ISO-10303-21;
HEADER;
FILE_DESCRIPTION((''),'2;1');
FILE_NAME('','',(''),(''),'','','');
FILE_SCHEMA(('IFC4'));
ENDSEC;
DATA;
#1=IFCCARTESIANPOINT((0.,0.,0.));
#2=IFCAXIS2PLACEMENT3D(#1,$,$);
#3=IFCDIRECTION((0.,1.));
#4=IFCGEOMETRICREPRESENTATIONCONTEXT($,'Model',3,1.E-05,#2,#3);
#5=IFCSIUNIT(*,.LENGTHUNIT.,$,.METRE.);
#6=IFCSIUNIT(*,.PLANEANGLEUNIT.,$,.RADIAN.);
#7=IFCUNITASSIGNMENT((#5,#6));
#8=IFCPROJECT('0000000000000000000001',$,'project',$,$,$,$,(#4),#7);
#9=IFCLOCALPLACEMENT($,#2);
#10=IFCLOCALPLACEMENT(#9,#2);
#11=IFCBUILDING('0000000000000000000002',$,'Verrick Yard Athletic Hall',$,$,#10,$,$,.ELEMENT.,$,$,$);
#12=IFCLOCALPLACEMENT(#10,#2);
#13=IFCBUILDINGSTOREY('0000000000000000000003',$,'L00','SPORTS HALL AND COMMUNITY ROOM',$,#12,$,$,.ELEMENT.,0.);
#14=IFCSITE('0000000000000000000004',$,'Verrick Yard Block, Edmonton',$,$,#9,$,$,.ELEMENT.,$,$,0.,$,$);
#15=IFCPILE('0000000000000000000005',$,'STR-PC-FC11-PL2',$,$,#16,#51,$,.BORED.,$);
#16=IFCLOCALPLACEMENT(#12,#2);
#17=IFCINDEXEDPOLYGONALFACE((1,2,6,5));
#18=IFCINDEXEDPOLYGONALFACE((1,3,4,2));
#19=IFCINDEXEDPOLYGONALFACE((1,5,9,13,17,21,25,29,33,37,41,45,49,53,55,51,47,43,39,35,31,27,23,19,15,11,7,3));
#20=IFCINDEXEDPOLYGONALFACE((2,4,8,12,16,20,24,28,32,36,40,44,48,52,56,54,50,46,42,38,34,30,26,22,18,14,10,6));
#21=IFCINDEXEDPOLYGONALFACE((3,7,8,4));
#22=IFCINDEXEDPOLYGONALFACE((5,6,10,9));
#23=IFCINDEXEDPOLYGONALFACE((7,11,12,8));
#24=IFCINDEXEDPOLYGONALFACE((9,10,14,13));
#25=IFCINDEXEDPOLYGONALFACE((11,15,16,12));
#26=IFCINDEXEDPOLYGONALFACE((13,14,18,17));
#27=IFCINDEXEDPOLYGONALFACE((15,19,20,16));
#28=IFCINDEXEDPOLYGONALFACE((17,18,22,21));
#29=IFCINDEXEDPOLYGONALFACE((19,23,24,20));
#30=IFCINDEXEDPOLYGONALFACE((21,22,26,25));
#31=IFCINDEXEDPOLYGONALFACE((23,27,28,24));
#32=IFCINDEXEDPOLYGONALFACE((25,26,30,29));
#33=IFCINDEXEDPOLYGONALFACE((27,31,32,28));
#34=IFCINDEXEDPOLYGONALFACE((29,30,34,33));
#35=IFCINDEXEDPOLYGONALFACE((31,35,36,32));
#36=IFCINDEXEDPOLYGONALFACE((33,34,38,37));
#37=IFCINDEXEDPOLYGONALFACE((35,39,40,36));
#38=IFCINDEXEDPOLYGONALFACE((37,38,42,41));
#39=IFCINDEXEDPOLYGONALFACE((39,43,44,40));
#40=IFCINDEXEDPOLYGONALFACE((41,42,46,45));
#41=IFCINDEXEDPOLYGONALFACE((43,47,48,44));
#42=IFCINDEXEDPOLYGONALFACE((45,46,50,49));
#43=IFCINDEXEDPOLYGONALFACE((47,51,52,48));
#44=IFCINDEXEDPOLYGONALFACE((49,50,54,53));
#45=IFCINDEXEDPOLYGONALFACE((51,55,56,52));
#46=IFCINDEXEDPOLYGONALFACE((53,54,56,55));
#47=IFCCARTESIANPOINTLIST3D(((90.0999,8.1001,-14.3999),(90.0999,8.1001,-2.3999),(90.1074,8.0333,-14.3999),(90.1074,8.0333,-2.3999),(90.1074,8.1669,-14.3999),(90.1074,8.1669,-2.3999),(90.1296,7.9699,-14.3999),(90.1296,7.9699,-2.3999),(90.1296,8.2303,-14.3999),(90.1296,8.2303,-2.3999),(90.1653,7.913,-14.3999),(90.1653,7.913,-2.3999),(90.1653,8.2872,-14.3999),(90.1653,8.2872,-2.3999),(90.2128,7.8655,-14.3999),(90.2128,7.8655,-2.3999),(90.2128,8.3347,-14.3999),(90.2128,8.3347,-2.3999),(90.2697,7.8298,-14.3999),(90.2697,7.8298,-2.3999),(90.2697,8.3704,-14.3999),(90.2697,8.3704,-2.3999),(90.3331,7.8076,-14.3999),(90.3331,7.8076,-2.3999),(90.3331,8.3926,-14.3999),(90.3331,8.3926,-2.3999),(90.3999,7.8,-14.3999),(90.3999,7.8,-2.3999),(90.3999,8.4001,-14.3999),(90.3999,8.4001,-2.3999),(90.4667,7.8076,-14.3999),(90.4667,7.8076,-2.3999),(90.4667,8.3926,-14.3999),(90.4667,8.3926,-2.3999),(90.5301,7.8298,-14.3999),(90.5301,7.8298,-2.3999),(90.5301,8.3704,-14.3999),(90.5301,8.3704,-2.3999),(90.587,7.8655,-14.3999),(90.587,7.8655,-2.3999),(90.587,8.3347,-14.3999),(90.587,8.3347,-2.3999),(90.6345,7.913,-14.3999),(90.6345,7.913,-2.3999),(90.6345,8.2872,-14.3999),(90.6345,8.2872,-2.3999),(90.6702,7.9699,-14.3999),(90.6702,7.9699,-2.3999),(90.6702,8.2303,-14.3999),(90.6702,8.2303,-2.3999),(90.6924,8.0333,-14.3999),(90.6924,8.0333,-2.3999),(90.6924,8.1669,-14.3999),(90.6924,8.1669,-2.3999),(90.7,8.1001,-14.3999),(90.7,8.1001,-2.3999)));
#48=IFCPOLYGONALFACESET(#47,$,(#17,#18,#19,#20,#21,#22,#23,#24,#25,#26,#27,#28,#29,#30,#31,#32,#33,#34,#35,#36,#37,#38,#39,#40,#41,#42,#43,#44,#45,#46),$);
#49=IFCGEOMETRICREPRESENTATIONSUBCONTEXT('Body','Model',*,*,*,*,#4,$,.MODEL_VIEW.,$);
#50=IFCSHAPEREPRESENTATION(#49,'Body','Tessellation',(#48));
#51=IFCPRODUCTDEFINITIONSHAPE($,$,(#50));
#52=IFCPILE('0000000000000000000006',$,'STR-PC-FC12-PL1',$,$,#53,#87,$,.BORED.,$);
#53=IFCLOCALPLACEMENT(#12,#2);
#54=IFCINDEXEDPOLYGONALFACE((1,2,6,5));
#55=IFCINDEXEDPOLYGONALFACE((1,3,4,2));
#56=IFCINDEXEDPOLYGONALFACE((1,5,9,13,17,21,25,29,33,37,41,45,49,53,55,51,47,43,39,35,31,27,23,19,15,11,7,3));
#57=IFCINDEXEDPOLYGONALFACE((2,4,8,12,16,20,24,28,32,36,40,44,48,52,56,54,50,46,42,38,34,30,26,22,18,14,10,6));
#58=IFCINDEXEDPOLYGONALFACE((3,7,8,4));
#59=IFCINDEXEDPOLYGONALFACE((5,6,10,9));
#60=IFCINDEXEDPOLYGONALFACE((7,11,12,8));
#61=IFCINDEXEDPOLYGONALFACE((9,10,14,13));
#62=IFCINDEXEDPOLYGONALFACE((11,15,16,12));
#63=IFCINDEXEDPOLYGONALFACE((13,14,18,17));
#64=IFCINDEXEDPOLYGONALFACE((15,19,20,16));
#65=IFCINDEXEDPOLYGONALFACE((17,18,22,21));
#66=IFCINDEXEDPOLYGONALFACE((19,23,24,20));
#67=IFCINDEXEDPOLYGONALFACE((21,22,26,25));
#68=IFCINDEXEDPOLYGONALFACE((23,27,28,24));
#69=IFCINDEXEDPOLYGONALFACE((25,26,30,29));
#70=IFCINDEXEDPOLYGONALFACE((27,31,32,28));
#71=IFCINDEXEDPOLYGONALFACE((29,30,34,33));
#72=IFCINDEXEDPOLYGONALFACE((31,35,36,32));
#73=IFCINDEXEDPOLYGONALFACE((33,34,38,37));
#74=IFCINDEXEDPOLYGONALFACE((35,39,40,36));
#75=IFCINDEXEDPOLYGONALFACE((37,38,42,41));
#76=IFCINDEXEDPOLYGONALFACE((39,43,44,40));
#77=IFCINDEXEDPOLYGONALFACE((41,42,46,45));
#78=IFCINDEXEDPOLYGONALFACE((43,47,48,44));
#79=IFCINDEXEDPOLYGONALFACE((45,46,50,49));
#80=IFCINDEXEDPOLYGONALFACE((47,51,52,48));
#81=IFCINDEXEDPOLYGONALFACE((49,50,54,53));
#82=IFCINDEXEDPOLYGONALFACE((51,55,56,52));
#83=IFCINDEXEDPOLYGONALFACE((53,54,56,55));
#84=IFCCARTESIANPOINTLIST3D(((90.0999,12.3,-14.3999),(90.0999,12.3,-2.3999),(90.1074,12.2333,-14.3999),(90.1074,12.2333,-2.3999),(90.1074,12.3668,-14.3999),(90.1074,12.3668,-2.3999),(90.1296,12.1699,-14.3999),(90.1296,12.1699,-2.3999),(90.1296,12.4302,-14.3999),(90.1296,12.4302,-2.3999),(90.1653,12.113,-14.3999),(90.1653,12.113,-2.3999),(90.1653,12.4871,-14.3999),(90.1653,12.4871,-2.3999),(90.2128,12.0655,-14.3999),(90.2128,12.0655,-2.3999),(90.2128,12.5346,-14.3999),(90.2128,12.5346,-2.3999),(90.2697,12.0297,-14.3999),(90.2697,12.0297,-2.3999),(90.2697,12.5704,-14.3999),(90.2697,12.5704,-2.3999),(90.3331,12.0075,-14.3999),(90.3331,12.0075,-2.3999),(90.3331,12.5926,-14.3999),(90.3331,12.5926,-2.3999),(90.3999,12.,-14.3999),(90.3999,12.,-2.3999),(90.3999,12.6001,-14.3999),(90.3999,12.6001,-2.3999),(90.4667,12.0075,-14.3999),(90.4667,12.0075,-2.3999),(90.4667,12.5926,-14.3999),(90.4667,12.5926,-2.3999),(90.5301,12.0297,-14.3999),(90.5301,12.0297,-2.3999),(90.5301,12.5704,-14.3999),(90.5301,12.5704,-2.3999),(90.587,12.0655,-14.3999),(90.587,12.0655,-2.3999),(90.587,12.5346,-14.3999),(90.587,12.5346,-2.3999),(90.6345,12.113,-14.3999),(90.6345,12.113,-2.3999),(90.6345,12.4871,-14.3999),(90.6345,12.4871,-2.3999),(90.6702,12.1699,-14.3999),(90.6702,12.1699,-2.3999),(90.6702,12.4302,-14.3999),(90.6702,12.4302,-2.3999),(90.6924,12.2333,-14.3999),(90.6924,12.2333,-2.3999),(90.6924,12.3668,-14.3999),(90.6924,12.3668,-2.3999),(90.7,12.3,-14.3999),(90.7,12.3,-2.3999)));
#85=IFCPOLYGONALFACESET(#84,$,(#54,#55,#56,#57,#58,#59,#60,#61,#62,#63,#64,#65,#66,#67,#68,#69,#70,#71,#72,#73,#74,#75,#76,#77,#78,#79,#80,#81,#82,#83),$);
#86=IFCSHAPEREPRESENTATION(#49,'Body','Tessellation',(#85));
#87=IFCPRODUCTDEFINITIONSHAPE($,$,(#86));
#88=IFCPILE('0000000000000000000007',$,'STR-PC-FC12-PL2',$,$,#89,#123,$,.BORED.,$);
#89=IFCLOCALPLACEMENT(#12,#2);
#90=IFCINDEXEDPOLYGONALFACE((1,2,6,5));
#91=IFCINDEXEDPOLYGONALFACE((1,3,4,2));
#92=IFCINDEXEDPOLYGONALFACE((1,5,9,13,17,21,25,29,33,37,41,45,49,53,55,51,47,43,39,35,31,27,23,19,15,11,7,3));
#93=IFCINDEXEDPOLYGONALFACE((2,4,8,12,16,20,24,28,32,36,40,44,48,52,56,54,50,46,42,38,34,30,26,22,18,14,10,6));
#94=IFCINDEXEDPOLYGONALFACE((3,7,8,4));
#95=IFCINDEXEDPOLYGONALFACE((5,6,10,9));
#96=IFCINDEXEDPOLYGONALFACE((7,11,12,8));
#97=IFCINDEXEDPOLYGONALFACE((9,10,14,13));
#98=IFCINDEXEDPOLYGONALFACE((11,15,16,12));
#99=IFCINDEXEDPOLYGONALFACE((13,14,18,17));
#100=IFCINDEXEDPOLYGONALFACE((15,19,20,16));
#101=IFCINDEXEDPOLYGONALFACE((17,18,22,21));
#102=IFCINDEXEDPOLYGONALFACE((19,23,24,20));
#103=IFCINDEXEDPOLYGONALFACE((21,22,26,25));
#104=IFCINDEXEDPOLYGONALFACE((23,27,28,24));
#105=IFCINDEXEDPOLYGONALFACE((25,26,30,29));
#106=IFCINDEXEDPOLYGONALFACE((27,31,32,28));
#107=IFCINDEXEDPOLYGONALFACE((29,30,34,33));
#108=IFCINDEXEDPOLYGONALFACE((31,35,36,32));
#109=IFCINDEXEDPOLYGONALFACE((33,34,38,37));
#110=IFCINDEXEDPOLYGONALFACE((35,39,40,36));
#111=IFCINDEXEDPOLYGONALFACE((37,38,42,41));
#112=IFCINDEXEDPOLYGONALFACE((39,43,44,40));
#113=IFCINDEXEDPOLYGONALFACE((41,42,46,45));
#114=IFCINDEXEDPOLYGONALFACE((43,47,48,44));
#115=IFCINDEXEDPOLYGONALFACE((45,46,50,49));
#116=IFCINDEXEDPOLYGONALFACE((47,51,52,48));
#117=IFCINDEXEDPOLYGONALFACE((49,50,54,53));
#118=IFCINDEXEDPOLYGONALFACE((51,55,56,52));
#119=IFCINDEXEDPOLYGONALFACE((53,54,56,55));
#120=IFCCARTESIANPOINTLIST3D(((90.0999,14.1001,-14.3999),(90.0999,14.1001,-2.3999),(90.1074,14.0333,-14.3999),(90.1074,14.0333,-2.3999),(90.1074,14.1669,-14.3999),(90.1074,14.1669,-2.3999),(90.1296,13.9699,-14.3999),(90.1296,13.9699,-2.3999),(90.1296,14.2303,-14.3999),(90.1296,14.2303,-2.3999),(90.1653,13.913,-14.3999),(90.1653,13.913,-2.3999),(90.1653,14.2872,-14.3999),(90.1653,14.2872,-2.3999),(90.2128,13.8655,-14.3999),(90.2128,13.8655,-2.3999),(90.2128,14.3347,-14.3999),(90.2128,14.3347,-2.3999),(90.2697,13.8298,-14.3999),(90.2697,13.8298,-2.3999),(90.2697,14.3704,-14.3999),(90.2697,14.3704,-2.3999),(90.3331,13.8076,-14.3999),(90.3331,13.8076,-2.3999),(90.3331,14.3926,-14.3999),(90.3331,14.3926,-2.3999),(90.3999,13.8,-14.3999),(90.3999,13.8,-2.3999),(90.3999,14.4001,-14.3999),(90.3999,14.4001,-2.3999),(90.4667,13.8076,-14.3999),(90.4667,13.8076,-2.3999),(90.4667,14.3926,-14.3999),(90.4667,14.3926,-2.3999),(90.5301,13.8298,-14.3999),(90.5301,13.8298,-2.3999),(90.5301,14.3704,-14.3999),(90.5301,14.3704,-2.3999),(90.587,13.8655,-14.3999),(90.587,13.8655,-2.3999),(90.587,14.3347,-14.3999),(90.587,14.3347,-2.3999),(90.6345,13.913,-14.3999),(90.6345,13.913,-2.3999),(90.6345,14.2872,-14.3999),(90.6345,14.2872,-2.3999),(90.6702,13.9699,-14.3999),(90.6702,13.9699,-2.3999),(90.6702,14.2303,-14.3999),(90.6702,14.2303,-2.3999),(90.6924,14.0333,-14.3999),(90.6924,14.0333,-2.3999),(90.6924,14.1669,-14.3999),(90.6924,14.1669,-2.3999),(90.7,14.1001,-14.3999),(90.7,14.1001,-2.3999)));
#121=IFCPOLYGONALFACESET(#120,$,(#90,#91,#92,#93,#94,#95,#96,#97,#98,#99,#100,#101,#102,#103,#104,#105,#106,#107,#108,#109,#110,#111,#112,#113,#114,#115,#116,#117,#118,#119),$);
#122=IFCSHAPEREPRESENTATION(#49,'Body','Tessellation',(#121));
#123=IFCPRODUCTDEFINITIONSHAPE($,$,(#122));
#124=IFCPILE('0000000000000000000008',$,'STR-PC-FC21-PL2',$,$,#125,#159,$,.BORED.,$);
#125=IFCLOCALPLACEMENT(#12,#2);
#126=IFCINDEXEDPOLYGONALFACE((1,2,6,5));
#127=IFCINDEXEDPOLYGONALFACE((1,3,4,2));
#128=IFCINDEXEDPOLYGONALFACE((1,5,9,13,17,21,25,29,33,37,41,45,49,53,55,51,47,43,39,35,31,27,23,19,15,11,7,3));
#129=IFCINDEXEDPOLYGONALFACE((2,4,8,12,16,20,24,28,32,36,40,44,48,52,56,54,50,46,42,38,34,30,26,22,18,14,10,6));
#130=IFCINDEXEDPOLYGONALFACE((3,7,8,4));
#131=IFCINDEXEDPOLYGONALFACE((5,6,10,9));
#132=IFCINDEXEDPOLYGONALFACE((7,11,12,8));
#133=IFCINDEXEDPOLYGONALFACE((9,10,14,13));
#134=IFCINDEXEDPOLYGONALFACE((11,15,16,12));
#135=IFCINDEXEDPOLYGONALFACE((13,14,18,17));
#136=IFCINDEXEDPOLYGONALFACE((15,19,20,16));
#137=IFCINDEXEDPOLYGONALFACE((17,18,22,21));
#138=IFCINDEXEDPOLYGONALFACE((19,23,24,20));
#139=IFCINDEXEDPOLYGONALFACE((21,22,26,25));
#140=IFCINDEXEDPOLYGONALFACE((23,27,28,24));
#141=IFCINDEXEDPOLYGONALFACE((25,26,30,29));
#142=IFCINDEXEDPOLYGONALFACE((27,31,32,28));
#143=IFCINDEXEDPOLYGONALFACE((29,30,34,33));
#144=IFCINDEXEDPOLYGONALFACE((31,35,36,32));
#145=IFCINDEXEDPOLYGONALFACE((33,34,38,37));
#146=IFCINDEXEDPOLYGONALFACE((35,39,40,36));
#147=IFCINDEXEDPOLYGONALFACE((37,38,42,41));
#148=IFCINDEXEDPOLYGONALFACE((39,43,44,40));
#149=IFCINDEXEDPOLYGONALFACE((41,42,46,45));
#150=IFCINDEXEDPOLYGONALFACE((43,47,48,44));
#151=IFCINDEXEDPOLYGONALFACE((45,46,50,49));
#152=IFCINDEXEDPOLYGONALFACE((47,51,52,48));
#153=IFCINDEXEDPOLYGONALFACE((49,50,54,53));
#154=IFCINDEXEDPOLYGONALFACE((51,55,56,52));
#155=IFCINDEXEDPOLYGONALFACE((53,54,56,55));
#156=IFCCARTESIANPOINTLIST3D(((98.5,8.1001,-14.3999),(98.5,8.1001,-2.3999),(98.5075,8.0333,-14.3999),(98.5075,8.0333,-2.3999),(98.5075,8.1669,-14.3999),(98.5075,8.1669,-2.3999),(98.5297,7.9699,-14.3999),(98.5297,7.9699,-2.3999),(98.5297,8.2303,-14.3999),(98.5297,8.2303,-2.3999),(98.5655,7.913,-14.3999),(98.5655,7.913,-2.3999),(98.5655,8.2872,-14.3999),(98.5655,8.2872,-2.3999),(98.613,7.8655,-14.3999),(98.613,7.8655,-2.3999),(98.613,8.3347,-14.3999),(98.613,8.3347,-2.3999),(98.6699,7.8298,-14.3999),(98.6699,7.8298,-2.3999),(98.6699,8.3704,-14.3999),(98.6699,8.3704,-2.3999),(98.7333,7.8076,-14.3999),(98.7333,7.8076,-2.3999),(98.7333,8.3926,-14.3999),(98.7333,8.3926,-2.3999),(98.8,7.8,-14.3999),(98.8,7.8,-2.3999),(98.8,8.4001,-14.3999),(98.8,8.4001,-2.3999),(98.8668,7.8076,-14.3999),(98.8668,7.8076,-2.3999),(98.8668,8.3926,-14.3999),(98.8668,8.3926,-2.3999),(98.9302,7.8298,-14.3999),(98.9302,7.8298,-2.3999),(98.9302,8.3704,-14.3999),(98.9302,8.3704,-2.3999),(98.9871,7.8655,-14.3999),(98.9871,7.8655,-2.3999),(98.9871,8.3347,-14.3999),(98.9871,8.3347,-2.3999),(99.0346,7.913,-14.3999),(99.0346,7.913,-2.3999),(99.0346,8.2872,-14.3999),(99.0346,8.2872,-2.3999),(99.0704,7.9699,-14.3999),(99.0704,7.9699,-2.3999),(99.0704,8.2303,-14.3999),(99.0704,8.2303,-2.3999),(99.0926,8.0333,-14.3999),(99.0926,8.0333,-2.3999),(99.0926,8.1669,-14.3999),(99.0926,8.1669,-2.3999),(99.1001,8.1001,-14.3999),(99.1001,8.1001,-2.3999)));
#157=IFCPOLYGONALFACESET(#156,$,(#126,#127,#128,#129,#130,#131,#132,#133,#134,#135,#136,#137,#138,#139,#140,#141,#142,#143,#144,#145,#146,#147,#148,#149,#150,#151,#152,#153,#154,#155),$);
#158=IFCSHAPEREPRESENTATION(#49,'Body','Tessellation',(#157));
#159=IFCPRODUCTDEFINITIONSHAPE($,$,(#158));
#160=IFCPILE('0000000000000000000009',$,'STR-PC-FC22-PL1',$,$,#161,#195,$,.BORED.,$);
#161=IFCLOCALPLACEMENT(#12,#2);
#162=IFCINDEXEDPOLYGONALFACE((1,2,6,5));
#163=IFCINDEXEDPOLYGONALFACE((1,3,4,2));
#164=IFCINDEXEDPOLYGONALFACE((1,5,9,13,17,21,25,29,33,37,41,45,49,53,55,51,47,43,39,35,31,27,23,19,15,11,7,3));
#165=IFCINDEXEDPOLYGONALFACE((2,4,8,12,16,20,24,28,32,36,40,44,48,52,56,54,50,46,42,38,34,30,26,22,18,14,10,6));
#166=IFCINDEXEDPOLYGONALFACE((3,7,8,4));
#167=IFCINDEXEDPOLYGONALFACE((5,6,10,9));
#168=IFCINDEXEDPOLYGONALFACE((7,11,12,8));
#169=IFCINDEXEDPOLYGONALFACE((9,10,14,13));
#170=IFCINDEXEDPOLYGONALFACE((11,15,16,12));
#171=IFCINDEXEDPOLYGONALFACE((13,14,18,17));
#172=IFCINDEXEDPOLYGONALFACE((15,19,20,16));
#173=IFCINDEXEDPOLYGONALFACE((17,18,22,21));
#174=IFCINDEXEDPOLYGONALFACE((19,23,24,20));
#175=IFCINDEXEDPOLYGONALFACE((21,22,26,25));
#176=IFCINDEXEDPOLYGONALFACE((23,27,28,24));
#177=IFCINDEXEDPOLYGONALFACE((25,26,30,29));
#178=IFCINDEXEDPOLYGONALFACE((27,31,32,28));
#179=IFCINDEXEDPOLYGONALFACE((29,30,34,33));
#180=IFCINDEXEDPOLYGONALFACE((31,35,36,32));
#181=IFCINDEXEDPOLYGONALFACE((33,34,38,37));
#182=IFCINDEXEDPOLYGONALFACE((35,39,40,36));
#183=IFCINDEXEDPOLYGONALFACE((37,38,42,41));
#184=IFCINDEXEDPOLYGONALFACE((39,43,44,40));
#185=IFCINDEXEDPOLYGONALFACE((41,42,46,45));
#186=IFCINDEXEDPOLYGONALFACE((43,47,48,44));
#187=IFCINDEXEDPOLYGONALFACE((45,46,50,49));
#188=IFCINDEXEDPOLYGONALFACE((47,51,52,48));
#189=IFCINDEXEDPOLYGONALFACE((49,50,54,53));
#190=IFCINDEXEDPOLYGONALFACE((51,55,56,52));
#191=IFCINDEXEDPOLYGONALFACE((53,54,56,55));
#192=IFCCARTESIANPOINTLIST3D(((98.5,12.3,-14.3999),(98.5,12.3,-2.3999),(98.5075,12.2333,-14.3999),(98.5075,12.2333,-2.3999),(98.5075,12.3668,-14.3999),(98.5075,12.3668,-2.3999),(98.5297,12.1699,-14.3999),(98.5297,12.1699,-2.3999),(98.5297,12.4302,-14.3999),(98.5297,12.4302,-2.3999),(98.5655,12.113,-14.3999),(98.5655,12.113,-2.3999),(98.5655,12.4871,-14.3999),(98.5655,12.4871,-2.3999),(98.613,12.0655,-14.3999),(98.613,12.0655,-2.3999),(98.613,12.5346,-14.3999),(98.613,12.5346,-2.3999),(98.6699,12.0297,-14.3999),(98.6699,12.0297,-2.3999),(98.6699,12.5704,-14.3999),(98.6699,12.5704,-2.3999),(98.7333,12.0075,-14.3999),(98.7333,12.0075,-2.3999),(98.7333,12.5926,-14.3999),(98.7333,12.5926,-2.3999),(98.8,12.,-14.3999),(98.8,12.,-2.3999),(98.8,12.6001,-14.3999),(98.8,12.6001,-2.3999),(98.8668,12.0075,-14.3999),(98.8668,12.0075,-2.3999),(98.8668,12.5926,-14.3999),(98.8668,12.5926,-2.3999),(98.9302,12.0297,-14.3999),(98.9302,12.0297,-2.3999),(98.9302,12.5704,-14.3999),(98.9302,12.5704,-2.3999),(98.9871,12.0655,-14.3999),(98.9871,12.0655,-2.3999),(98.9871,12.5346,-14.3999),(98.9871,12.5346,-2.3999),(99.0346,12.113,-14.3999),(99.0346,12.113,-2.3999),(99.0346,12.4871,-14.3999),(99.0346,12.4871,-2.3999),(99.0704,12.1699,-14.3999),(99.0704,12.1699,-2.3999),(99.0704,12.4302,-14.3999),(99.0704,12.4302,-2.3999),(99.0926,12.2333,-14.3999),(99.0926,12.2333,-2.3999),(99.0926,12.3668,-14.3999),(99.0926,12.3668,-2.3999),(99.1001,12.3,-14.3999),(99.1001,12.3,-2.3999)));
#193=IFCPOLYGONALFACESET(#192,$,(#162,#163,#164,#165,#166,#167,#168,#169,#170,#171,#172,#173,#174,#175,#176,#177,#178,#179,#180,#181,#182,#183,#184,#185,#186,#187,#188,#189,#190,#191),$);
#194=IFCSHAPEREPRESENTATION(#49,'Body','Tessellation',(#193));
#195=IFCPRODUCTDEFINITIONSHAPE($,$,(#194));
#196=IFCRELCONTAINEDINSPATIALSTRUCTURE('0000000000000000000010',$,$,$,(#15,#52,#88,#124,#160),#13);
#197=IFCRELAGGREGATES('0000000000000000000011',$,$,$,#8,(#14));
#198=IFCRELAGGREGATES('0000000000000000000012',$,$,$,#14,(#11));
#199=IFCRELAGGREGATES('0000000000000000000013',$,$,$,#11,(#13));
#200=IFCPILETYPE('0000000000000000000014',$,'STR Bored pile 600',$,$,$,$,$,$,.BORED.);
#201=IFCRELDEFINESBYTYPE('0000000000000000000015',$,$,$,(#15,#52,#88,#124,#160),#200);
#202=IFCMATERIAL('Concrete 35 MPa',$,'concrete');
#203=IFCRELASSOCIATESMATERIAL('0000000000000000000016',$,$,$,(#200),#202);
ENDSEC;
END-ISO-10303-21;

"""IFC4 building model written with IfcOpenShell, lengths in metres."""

from ifc_helpers import new_model, si_unit, direction, frame, origin, origin_2d, place, context, subcontext, project, spatial, circle, extrude, material, type_object, element, save


model = new_model("IFC4")

# Units and contexts
model_context = context("Model", 3, precision=1e-05, world=origin(), true_north=direction((0.0, 1.0)))
body_context = subcontext(model_context, "Body", "Model", "MODEL_VIEW")
ifc_project = project(units=[si_unit("LENGTHUNIT", "METRE"), si_unit("PLANEANGLEUNIT", "RADIAN")], contexts=[model_context])

# Site, building, storey
site_placement = place(None, origin())
site = spatial("IfcSite", under=ifc_project, at=site_placement, Name="Verrick Yard Block, Edmonton", CompositionType="ELEMENT", RefElevation=0.0)
building_placement = place(site_placement, origin())
building = spatial("IfcBuilding", under=site, at=building_placement, Name="Verrick Yard Athletic Hall", CompositionType="ELEMENT")
storey_placement = place(building_placement, origin())
storey = spatial("IfcBuildingStorey", under=building, at=storey_placement, Name="L00", Description="SPORTS HALL AND COMMUNITY ROOM", CompositionType="ELEMENT", Elevation=0.0)

# Piles
ifc_material_1 = material(Name="Concrete 35 MPa", Category="concrete")
pile_type_1 = type_object("IfcPileType", Name="STR Bored pile 600", PredefinedType="BORED", material=ifc_material_1)
for number, where, z_axis, x_axis, name in (
    (1, (90.3999, 8.1001, -2.3999), (0.0, 0.0, -1.0), (1.0, 0.0, 0.0), "STR-PC-FC11-PL2"),
    (2, (90.3999, 12.3, -2.3999), (0.0, 0.0, -1.0), (1.0, 0.0, 0.0), "STR-PC-FC12-PL1"),
    (3, (90.3999, 14.1001, -2.3999), (0.0, 0.0, -1.0), (1.0, 0.0, 0.0), "STR-PC-FC12-PL2"),
    (4, (98.8, 8.1001, -2.3999), (0.0, 0.0, -1.0), (1.0, 0.0, 0.0), "STR-PC-FC21-PL2"),
    (5, (98.8, 12.3, -2.3999), (0.0, 0.0, -1.0), (1.0, 0.0, 0.0), "STR-PC-FC22-PL1"),
):
    element("IfcPile", number, at=place(storey_placement, frame(where, z_axis=z_axis, x_axis=x_axis)), inside=storey, type_object=pile_type_1, Name=name, PredefinedType="BORED", context=body_context, shape_type="SweptSolid", body=[
        extrude(circle(Radius=0.3, at=origin_2d()), origin(), (0.0, 0.0, 1.0), 12.0),
    ])

save(model, "model.ifc")
